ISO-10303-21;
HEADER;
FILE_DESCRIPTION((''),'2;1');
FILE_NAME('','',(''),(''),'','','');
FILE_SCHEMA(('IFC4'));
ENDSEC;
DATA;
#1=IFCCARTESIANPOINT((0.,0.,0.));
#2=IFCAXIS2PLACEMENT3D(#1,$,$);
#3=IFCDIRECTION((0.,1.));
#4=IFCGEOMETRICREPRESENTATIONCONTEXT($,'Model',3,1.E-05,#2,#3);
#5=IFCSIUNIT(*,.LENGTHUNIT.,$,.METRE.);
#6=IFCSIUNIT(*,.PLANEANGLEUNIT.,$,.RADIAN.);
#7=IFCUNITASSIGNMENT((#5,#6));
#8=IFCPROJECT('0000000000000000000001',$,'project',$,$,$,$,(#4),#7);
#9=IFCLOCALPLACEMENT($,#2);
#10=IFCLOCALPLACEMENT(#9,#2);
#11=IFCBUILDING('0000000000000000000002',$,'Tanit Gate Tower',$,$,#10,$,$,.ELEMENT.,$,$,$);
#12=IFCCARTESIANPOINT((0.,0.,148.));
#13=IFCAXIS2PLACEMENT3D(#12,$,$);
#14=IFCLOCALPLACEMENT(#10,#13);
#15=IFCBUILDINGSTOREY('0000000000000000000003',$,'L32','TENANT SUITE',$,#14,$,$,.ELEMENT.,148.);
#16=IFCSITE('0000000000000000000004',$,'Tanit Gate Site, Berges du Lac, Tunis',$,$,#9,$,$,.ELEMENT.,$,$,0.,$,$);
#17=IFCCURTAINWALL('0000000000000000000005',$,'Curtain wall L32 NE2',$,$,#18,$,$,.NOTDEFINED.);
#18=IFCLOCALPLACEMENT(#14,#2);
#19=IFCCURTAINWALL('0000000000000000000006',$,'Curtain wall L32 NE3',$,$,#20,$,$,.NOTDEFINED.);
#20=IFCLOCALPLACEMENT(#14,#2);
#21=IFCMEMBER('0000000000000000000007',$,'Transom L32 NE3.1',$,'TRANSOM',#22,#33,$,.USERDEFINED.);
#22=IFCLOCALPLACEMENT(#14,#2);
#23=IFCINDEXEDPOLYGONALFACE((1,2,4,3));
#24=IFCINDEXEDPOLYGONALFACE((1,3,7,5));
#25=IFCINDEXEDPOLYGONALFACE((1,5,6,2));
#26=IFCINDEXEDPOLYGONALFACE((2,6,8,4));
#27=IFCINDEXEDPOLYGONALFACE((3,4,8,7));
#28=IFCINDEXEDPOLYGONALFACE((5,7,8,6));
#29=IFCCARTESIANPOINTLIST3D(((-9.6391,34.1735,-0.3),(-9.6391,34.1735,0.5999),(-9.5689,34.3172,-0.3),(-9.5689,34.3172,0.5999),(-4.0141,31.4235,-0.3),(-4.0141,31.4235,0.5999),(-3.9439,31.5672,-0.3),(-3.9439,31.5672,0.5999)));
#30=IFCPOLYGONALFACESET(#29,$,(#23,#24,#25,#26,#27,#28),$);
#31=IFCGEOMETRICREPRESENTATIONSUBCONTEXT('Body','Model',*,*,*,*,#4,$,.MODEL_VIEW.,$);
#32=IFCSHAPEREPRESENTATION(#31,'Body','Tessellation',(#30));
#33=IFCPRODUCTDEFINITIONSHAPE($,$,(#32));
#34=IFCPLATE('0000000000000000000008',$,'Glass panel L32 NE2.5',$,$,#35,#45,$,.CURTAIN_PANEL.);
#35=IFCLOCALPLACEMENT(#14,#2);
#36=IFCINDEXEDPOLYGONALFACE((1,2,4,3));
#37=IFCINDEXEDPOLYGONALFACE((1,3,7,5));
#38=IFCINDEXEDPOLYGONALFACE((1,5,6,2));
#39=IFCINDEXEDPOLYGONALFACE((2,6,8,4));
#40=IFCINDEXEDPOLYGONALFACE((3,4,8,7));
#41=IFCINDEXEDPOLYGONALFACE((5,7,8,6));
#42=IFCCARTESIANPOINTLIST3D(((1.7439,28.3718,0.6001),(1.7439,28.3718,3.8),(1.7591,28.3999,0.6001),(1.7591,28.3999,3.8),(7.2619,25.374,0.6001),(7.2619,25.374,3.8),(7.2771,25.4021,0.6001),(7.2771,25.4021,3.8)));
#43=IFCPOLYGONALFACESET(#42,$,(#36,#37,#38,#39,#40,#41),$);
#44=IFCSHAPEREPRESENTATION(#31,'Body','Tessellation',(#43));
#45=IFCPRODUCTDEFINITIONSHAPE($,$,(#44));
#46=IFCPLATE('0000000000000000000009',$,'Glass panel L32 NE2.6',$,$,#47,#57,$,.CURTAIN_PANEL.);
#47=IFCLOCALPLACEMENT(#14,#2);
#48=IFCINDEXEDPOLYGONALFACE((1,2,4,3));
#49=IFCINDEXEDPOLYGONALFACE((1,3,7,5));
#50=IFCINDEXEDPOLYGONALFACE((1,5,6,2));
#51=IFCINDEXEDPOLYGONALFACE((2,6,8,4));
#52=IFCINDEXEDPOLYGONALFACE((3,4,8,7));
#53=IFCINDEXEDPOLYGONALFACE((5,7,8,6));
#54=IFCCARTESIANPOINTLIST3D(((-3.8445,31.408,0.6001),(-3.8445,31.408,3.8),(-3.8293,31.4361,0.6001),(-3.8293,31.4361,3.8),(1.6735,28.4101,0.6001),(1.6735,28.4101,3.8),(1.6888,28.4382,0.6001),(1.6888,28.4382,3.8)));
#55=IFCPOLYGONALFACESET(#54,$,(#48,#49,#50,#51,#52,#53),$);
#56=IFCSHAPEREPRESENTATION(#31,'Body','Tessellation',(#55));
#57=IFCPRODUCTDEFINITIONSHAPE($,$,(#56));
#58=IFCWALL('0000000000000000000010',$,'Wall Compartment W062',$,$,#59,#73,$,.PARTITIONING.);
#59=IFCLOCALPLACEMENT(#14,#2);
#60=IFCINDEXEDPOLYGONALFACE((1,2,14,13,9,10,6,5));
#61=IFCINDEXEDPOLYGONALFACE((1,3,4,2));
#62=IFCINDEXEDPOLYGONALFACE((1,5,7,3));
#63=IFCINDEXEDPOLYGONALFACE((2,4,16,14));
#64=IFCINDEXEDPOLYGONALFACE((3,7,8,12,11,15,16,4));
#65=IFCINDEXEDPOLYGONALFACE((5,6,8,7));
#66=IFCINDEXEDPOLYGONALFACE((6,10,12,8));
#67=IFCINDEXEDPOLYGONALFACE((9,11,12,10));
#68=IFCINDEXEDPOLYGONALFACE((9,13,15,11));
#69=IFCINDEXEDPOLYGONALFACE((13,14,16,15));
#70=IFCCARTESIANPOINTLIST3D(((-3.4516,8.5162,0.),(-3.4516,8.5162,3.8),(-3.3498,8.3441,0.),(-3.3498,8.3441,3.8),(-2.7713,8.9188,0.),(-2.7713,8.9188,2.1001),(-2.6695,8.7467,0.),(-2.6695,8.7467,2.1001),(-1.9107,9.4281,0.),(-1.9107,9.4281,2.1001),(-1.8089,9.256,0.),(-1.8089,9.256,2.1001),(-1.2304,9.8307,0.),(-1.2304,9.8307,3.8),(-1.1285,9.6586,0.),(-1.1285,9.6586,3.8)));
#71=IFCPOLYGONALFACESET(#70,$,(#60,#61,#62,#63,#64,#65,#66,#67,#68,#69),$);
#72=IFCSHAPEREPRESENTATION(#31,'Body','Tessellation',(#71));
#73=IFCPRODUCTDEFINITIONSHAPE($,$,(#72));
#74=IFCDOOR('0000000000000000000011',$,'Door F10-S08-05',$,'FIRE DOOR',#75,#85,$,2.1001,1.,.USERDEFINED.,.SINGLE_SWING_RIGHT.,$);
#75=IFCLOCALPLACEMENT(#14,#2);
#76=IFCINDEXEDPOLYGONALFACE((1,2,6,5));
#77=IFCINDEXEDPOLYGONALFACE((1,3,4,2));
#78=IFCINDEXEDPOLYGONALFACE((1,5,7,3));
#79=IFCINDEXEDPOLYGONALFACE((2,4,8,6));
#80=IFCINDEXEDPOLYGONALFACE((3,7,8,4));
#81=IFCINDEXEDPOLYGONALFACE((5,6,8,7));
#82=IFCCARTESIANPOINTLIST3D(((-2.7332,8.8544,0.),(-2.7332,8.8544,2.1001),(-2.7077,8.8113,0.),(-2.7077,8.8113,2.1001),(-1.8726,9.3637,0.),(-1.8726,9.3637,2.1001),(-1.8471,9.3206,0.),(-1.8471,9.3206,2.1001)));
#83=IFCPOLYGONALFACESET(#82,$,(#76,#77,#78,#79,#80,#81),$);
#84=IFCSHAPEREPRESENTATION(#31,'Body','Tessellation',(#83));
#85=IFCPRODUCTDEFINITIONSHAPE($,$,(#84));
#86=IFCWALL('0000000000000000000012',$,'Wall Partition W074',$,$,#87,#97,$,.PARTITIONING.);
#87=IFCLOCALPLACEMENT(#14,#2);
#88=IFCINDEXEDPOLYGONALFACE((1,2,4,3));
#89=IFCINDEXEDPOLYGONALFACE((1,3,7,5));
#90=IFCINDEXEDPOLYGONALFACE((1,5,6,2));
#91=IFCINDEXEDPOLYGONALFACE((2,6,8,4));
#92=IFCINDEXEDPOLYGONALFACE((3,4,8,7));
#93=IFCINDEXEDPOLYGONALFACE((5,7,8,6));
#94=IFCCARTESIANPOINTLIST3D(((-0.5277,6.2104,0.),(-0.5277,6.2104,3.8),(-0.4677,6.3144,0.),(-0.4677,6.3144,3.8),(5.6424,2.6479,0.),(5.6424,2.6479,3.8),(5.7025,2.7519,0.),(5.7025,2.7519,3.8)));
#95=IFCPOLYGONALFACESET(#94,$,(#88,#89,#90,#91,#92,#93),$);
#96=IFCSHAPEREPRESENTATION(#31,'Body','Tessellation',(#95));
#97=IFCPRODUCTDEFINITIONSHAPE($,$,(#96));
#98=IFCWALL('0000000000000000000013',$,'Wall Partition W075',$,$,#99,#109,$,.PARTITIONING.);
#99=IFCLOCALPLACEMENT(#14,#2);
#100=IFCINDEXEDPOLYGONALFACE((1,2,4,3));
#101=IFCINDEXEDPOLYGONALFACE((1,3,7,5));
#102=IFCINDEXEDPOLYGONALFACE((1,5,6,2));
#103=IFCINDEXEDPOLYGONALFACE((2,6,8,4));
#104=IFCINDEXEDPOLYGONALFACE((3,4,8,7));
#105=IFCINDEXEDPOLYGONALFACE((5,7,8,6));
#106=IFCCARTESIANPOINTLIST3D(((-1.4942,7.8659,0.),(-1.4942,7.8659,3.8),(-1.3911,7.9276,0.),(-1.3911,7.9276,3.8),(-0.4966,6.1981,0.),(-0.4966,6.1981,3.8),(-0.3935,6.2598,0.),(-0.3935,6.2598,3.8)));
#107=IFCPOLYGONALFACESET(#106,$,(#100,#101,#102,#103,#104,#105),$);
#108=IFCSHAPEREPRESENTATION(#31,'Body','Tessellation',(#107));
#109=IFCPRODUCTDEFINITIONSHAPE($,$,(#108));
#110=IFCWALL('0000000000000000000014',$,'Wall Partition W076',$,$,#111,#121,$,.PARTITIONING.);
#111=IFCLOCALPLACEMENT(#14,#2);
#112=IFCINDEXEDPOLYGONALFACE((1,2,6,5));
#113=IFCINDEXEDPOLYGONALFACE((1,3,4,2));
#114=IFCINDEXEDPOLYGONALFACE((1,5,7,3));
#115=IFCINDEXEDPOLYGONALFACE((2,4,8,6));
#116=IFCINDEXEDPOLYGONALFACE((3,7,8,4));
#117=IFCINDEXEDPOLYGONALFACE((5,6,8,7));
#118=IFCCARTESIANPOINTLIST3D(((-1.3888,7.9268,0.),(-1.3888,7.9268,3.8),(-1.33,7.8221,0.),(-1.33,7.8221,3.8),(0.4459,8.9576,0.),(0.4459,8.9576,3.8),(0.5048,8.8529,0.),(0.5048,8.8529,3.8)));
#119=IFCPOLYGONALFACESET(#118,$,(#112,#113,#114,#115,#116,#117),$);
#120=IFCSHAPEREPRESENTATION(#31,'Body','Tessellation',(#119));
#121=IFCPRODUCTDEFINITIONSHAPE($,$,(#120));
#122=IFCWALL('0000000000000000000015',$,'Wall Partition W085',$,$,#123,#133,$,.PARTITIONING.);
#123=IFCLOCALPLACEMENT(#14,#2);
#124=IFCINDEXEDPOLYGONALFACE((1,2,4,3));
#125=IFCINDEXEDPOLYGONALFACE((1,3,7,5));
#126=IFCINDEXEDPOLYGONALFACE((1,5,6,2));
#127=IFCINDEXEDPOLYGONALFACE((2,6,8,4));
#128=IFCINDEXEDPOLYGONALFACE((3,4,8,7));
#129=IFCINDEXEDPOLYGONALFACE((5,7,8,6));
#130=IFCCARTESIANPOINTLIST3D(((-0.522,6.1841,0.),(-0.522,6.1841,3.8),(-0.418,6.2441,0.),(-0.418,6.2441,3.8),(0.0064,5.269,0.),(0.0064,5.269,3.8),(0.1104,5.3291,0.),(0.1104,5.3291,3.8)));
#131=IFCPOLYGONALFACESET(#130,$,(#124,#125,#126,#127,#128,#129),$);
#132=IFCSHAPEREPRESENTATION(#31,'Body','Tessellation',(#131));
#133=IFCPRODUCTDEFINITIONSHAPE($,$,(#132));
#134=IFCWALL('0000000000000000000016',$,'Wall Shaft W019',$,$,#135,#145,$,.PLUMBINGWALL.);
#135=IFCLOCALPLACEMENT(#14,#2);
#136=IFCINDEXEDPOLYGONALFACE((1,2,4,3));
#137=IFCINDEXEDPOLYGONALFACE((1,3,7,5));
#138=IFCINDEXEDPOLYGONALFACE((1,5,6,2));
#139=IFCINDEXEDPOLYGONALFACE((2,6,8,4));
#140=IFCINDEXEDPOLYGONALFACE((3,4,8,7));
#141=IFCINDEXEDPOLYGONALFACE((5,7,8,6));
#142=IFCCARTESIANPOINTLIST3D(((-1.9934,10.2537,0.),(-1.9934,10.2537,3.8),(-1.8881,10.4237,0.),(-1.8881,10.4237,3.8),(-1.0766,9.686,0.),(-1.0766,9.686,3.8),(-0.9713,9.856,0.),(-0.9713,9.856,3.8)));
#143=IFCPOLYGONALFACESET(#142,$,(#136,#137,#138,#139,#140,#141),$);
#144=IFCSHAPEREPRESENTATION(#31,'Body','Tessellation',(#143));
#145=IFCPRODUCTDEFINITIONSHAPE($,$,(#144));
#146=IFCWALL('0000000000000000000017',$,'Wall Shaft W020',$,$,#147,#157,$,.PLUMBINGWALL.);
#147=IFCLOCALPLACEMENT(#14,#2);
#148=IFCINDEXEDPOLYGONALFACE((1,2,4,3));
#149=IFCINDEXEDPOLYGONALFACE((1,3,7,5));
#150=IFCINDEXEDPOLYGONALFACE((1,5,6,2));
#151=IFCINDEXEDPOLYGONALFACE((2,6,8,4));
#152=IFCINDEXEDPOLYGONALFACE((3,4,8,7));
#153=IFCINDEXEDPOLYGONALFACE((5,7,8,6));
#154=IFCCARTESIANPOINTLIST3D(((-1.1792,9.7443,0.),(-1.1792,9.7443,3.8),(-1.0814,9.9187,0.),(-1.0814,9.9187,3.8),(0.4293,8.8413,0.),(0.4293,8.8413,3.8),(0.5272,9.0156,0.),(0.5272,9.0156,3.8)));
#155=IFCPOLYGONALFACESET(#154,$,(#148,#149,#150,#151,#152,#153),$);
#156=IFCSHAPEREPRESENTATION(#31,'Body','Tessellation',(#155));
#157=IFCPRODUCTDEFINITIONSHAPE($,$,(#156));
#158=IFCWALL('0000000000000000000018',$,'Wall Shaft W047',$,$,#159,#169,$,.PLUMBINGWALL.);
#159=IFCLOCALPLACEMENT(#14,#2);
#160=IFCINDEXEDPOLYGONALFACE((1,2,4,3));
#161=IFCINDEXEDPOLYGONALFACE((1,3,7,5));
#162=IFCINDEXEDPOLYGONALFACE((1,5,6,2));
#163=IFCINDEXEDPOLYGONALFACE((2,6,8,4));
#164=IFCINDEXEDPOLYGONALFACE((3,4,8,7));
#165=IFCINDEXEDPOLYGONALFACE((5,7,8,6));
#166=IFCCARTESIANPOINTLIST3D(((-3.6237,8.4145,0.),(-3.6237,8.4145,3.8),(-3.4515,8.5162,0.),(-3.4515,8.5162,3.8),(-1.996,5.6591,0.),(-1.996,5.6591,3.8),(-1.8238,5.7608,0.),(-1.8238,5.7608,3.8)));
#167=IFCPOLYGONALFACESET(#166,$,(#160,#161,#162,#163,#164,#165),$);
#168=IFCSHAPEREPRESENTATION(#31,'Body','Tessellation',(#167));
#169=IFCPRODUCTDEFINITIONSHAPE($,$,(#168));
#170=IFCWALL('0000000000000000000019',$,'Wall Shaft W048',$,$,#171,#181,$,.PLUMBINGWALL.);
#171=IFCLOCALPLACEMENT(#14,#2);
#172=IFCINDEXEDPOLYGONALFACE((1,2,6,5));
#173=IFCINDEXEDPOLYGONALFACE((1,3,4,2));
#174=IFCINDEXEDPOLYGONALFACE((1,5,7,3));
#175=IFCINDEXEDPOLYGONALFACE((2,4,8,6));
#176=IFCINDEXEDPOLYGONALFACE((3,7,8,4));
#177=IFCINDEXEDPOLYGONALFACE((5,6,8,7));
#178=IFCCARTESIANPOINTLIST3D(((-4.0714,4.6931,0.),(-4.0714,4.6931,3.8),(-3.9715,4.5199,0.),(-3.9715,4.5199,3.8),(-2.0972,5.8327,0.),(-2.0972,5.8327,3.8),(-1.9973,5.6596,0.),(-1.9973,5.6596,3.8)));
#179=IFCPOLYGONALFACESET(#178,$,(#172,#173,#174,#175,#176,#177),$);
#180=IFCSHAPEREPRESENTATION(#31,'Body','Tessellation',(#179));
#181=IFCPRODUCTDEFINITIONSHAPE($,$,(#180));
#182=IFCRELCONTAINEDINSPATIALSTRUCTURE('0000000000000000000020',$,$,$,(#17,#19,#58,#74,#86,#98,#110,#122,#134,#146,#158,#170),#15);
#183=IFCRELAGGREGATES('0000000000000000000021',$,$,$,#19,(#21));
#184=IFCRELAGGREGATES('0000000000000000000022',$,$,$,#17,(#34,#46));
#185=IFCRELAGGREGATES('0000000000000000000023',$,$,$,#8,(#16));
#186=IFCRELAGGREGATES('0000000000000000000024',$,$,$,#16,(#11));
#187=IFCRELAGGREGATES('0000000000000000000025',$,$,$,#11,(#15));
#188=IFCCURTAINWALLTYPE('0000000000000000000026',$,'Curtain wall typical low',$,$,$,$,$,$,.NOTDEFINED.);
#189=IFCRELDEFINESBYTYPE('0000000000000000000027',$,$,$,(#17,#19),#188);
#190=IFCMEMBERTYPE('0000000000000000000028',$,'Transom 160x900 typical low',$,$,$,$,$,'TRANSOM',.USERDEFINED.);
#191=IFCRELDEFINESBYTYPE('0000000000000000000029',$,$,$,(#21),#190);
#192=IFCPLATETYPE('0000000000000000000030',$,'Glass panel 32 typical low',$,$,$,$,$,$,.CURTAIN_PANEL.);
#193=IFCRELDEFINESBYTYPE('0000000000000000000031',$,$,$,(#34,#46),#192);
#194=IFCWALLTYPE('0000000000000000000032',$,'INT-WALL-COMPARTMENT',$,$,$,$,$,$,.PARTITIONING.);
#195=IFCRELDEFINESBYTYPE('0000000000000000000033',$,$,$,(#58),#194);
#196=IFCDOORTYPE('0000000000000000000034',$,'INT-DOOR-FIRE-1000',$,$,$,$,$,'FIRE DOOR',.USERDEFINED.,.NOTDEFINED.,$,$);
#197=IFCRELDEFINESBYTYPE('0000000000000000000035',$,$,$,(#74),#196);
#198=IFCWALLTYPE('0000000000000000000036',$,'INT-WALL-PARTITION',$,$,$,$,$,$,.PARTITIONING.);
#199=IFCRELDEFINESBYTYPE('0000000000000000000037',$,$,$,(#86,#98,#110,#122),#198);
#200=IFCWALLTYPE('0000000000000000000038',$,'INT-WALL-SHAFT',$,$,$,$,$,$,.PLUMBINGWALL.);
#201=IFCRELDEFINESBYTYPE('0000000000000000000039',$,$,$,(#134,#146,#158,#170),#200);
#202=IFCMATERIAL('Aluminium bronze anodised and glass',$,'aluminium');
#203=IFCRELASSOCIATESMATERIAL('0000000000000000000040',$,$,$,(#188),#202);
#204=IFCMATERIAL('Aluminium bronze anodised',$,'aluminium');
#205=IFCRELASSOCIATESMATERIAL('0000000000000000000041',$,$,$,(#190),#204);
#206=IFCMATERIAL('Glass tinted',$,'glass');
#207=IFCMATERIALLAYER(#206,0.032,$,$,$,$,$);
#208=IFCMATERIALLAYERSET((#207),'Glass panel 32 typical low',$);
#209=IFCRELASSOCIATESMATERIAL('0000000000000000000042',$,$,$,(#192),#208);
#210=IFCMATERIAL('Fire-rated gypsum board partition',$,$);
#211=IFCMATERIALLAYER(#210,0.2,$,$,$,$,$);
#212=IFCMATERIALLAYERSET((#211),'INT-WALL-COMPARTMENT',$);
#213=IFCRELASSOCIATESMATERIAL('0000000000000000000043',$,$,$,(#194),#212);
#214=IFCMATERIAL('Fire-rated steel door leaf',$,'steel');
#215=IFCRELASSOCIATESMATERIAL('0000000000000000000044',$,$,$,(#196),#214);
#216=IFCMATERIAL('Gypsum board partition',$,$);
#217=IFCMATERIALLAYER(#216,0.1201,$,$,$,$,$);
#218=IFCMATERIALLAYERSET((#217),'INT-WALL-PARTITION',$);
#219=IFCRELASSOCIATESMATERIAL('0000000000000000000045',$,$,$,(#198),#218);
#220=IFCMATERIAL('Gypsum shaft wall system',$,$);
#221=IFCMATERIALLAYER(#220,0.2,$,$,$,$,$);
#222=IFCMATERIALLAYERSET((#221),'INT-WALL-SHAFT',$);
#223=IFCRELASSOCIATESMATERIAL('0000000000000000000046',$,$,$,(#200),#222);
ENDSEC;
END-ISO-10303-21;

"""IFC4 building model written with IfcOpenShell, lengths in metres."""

from ifc_helpers import new_model, si_unit, direction, frame, frame_2d, origin, origin_2d, place, context, subcontext, project, spatial, rectangle, extrude, material, layer, layer_set, material_profile, profile_set, type_object, element, fill, aggregate, save


model = new_model("IFC4")

# Units and contexts
model_context = context("Model", 3, precision=1e-05, world=origin(), true_north=direction((0.0, 1.0)))
body_context = subcontext(model_context, "Body", "Model", "MODEL_VIEW")
ifc_project = project(units=[si_unit("LENGTHUNIT", "METRE"), si_unit("PLANEANGLEUNIT", "RADIAN")], contexts=[model_context])

# Site, building, storey
site_placement = place(None, origin())
site = spatial("IfcSite", under=ifc_project, at=site_placement, Name="Tanit Gate Site, Berges du Lac, Tunis", CompositionType="ELEMENT", RefElevation=0.0)
building_placement = place(site_placement, origin())
building = spatial("IfcBuilding", under=site, at=building_placement, Name="Tanit Gate Tower", CompositionType="ELEMENT")
storey_placement = place(building_placement, frame((0.0, 0.0, 148.0)))
storey = spatial("IfcBuildingStorey", under=building, at=storey_placement, Name="L32", Description="TENANT SUITE", CompositionType="ELEMENT", Elevation=148.0)

# Curtain wall
ifc_material_1 = material(Name="Aluminium bronze anodised and glass", Category="aluminium")
curtain_wall_type = type_object("IfcCurtainWallType", Name="Curtain wall typical low", PredefinedType="NOTDEFINED", material=ifc_material_1)
curtain_wall_1_placement = place(storey_placement, origin())
curtain_wall_1 = element("IfcCurtainWall", 1, at=curtain_wall_1_placement, inside=storey, type_object=curtain_wall_type, Name="Curtain wall L32 NE2", PredefinedType="NOTDEFINED")

# Shared definitions
ifc_material_2 = material(Name="Aluminium bronze anodised", Category="aluminium")
ifc_material_profile_1 = material_profile(ifc_material_2, rectangle(XDim=0.1599, YDim=0.8999, at=origin_2d()), Name="160x900 bronze transom")
ifc_profile_set_1 = profile_set([ifc_material_profile_1], Name="Aluminium bronze anodised")
member_type_1 = type_object("IfcMemberType", Name="Transom 160x900 typical low", ElementType="TRANSOM", PredefinedType="USERDEFINED", material=ifc_profile_set_1)

# Curtain wall, member
curtain_wall_2_placement = place(storey_placement, origin())
curtain_wall_2 = element("IfcCurtainWall", 2, at=curtain_wall_2_placement, inside=storey, type_object=curtain_wall_type, Name="Curtain wall L32 NE3", PredefinedType="NOTDEFINED")
member_1_placement = place(storey_placement, frame((-3.979, 31.4954, 0.1499), z_axis=(-0.898384, 0.43921, 0.0), x_axis=(-0.43921, -0.898384, 0.0)))
member_1 = element("IfcMember", 3, at=member_1_placement, type_object=member_type_1, Name="Transom L32 NE3.1", ObjectType="TRANSOM", PredefinedType="USERDEFINED", context=body_context, shape_type="SweptSolid", body=[
    extrude(rectangle(XDim=0.1599, YDim=0.8999, at=origin_2d()), origin(), (0.0, 0.0, 1.0), 6.2612),
])
aggregate(curtain_wall_2, [member_1])

# Plates
ifc_material_3 = material(Name="Glass tinted", Category="glass")
ifc_layer_1 = layer(ifc_material_3, 0.032)
ifc_layer_set_1 = layer_set([ifc_layer_1], Name="Glass panel 32 typical low")
plate_type = type_object("IfcPlateType", Name="Glass panel 32 typical low", PredefinedType="CURTAIN_PANEL", material=ifc_layer_set_1)
plate_1_placement = place(storey_placement, frame((4.5105, 26.887, 0.6001), z_axis=(0.0, 0.0, 1.0), x_axis=(-0.878696, 0.477381, 0.0)))
plate_1 = element("IfcPlate", 4, at=plate_1_placement, type_object=plate_type, Name="Glass panel L32 NE2.5", PredefinedType="CURTAIN_PANEL", context=body_context, shape_type="SweptSolid", body=[
    extrude(rectangle(XDim=6.2798, YDim=0.032, at=origin_2d()), origin(), (0.0, 0.0, 1.0), 3.2),
])
plate_2_placement = place(storey_placement, frame((-1.0779, 29.9231, 0.6001), z_axis=(0.0, 0.0, 1.0), x_axis=(-0.878696, 0.477381, 0.0)))
plate_2 = element("IfcPlate", 5, at=plate_2_placement, type_object=plate_type, Name="Glass panel L32 NE2.6", PredefinedType="CURTAIN_PANEL", context=body_context, shape_type="SweptSolid", body=[
    extrude(rectangle(XDim=6.2798, YDim=0.032, at=origin_2d()), origin(), (0.0, 0.0, 1.0), 3.2),
])
aggregate(curtain_wall_1, [plate_1, plate_2])

# Wall, opening, door
ifc_material_4 = material(Name="Fire-rated gypsum board partition")
ifc_layer_2 = layer(ifc_material_4, 0.2)
ifc_layer_set_2 = layer_set([ifc_layer_2], Name="INT-WALL-COMPARTMENT")
wall_type_1 = type_object("IfcWallType", Name="INT-WALL-COMPARTMENT", PredefinedType="PARTITIONING", material=ifc_layer_set_2)
wall_1_placement = place(storey_placement, frame((-1.1794, 9.7446, 0.0), z_axis=(0.0, 0.0, 1.0), x_axis=(-0.860599, -0.509284, 0.0)))
wall_1 = element("IfcWall", 6, at=wall_1_placement, inside=storey, type_object=wall_type_1, Name="Wall Compartment W062", PredefinedType="PARTITIONING", context=body_context, shape_type="SweptSolid", body=[
    extrude(rectangle(XDim=2.5811, YDim=0.2, at=frame_2d((1.2905, 0.0))), origin(), (0.0, 0.0, 1.0), 3.8),
])
opening_placement = place(wall_1_placement, frame((0.7905, 0.0, 0.0)))
opening = element("IfcOpeningElement", 7, at=opening_placement, cuts=wall_1, PredefinedType="OPENING", context=body_context, shape_type="SweptSolid", body=[
    extrude(rectangle(XDim=1.0, YDim=2.1001, at=frame_2d((0.5, 1.05))), frame((0.0, 0.1099, 0.0), z_axis=(0.0, -1.0, 0.0), x_axis=(1.0, 0.0, 0.0)), (0.0, 0.0, 1.0), 0.22),
])
ifc_material_5 = material(Name="Fire-rated steel door leaf", Category="steel")
door_type = type_object("IfcDoorType", Name="INT-DOOR-FIRE-1000", ElementType="FIRE DOOR", OperationType="NOTDEFINED", PredefinedType="USERDEFINED", material=ifc_material_5)
door_placement = place(opening_placement, origin())
door = element("IfcDoor", 8, at=door_placement, inside=storey, type_object=door_type, Name="Door F10-S08-05", ObjectType="FIRE DOOR", OperationType="SINGLE_SWING_RIGHT", OverallHeight=2.1001, OverallWidth=1.0, PredefinedType="USERDEFINED", context=body_context, shape_type="SweptSolid", body=[
    extrude(rectangle(XDim=1.0, YDim=2.1001, at=frame_2d((0.5, 1.05))), frame((0.0, 0.0249, 0.0), z_axis=(0.0, -1.0, 0.0), x_axis=(1.0, 0.0, 0.0)), (0.0, 0.0, 1.0), 0.05),
])
fill(opening, door)

# Walls
ifc_material_6 = material(Name="Gypsum board partition")
ifc_layer_3 = layer(ifc_material_6, 0.1201)
ifc_layer_set_3 = layer_set([ifc_layer_3], Name="INT-WALL-PARTITION")
wall_type_2 = type_object("IfcWallType", Name="INT-WALL-PARTITION", PredefinedType="PARTITIONING", material=ifc_layer_set_3)
wall_2_placement = place(storey_placement, frame((-0.4978, 6.2625, 0.0), z_axis=(0.0, 0.0, 1.0), x_axis=(0.866016, -0.500016, 0.0)))
element("IfcWall", 9, at=wall_2_placement, inside=storey, type_object=wall_type_2, Name="Wall Partition W074", PredefinedType="PARTITIONING", context=body_context, shape_type="SweptSolid", body=[
    extrude(rectangle(XDim=7.1248, YDim=0.1201, at=frame_2d((3.5625, 0.0))), origin(), (0.0, 0.0, 1.0), 3.8),
])
wall_3_placement = place(storey_placement, frame((-1.4426, 7.8967, 0.0), z_axis=(0.0, 0.0, 1.0), x_axis=(0.513331, -0.858191, 0.0)))
element("IfcWall", 10, at=wall_3_placement, inside=storey, type_object=wall_type_2, Name="Wall Partition W075", PredefinedType="PARTITIONING", context=body_context, shape_type="SweptSolid", body=[
    extrude(rectangle(XDim=1.9434, YDim=0.1201, at=frame_2d((0.9717, 0.0))), origin(), (0.0, 0.0, 1.0), 3.8),
])
wall_4_placement = place(storey_placement, frame((0.4753, 8.9053, 0.0), z_axis=(0.0, 0.0, 1.0), x_axis=(-0.871833, -0.489804, 0.0)))
element("IfcWall", 11, at=wall_4_placement, inside=storey, type_object=wall_type_2, Name="Wall Partition W076", PredefinedType="PARTITIONING", context=body_context, shape_type="SweptSolid", body=[
    extrude(rectangle(XDim=2.1045, YDim=0.1201, at=frame_2d((1.0522, 0.0))), origin(), (0.0, 0.0, 1.0), 3.8),
])
wall_5_placement = place(storey_placement, frame((-0.47, 6.2141, 0.0), z_axis=(0.0, 0.0, 1.0), x_axis=(0.500016, -0.866016, 0.0)))
element("IfcWall", 12, at=wall_5_placement, inside=storey, type_object=wall_type_2, Name="Wall Partition W085", PredefinedType="PARTITIONING", context=body_context, shape_type="SweptSolid", body=[
    extrude(rectangle(XDim=1.0566, YDim=0.1201, at=frame_2d((0.5283, 0.0))), origin(), (0.0, 0.0, 1.0), 3.8),
])
ifc_material_7 = material(Name="Gypsum shaft wall system")
ifc_layer_4 = layer(ifc_material_7, 0.2)
ifc_layer_set_4 = layer_set([ifc_layer_4], Name="INT-WALL-SHAFT")
wall_type_3 = type_object("IfcWallType", Name="INT-WALL-SHAFT", PredefinedType="PLUMBINGWALL", material=ifc_layer_set_4)
wall_6_placement = place(storey_placement, frame((-1.9407, 10.3386, 0.0), z_axis=(0.0, 0.0, 1.0), x_axis=(0.850217, -0.526433, 0.0)))
element("IfcWall", 13, at=wall_6_placement, inside=storey, type_object=wall_type_3, Name="Wall Shaft W019", PredefinedType="PLUMBINGWALL", context=body_context, shape_type="SweptSolid", body=[
    extrude(rectangle(XDim=1.0784, YDim=0.2, at=frame_2d((0.5391, 0.0))), origin(), (0.0, 0.0, 1.0), 3.8),
])
wall_7_placement = place(storey_placement, frame((0.4783, 8.9285, 0.0), z_axis=(0.0, 0.0, 1.0), x_axis=(-0.871989, 0.489526, 0.0)))
element("IfcWall", 14, at=wall_7_placement, inside=storey, type_object=wall_type_3, Name="Wall Shaft W020", PredefinedType="PLUMBINGWALL", context=body_context, shape_type="SweptSolid", body=[
    extrude(rectangle(XDim=1.8447, YDim=0.2, at=frame_2d((0.9224, 0.0))), origin(), (0.0, 0.0, 1.0), 3.8),
])
wall_8_placement = place(storey_placement, frame((-3.5376, 8.4653, 0.0), z_axis=(0.0, 0.0, 1.0), x_axis=(0.508616, -0.860993, 0.0)))
element("IfcWall", 15, at=wall_8_placement, inside=storey, type_object=wall_type_3, Name="Wall Shaft W047", PredefinedType="PLUMBINGWALL", context=body_context, shape_type="SweptSolid", body=[
    extrude(rectangle(XDim=3.2002, YDim=0.2, at=frame_2d((1.6001, 0.0))), origin(), (0.0, 0.0, 1.0), 3.8),
])
wall_9_placement = place(storey_placement, frame((-2.0474, 5.7461, 0.0), z_axis=(0.0, 0.0, 1.0), x_axis=(-0.866046, -0.499964, 0.0)))
element("IfcWall", 16, at=wall_9_placement, inside=storey, type_object=wall_type_3, Name="Wall Shaft W048", PredefinedType="PLUMBINGWALL", context=body_context, shape_type="SweptSolid", body=[
    extrude(rectangle(XDim=2.2795, YDim=0.2, at=frame_2d((1.1396, 0.0))), origin(), (0.0, 0.0, 1.0), 3.8),
])

save(model, "model.ifc")
